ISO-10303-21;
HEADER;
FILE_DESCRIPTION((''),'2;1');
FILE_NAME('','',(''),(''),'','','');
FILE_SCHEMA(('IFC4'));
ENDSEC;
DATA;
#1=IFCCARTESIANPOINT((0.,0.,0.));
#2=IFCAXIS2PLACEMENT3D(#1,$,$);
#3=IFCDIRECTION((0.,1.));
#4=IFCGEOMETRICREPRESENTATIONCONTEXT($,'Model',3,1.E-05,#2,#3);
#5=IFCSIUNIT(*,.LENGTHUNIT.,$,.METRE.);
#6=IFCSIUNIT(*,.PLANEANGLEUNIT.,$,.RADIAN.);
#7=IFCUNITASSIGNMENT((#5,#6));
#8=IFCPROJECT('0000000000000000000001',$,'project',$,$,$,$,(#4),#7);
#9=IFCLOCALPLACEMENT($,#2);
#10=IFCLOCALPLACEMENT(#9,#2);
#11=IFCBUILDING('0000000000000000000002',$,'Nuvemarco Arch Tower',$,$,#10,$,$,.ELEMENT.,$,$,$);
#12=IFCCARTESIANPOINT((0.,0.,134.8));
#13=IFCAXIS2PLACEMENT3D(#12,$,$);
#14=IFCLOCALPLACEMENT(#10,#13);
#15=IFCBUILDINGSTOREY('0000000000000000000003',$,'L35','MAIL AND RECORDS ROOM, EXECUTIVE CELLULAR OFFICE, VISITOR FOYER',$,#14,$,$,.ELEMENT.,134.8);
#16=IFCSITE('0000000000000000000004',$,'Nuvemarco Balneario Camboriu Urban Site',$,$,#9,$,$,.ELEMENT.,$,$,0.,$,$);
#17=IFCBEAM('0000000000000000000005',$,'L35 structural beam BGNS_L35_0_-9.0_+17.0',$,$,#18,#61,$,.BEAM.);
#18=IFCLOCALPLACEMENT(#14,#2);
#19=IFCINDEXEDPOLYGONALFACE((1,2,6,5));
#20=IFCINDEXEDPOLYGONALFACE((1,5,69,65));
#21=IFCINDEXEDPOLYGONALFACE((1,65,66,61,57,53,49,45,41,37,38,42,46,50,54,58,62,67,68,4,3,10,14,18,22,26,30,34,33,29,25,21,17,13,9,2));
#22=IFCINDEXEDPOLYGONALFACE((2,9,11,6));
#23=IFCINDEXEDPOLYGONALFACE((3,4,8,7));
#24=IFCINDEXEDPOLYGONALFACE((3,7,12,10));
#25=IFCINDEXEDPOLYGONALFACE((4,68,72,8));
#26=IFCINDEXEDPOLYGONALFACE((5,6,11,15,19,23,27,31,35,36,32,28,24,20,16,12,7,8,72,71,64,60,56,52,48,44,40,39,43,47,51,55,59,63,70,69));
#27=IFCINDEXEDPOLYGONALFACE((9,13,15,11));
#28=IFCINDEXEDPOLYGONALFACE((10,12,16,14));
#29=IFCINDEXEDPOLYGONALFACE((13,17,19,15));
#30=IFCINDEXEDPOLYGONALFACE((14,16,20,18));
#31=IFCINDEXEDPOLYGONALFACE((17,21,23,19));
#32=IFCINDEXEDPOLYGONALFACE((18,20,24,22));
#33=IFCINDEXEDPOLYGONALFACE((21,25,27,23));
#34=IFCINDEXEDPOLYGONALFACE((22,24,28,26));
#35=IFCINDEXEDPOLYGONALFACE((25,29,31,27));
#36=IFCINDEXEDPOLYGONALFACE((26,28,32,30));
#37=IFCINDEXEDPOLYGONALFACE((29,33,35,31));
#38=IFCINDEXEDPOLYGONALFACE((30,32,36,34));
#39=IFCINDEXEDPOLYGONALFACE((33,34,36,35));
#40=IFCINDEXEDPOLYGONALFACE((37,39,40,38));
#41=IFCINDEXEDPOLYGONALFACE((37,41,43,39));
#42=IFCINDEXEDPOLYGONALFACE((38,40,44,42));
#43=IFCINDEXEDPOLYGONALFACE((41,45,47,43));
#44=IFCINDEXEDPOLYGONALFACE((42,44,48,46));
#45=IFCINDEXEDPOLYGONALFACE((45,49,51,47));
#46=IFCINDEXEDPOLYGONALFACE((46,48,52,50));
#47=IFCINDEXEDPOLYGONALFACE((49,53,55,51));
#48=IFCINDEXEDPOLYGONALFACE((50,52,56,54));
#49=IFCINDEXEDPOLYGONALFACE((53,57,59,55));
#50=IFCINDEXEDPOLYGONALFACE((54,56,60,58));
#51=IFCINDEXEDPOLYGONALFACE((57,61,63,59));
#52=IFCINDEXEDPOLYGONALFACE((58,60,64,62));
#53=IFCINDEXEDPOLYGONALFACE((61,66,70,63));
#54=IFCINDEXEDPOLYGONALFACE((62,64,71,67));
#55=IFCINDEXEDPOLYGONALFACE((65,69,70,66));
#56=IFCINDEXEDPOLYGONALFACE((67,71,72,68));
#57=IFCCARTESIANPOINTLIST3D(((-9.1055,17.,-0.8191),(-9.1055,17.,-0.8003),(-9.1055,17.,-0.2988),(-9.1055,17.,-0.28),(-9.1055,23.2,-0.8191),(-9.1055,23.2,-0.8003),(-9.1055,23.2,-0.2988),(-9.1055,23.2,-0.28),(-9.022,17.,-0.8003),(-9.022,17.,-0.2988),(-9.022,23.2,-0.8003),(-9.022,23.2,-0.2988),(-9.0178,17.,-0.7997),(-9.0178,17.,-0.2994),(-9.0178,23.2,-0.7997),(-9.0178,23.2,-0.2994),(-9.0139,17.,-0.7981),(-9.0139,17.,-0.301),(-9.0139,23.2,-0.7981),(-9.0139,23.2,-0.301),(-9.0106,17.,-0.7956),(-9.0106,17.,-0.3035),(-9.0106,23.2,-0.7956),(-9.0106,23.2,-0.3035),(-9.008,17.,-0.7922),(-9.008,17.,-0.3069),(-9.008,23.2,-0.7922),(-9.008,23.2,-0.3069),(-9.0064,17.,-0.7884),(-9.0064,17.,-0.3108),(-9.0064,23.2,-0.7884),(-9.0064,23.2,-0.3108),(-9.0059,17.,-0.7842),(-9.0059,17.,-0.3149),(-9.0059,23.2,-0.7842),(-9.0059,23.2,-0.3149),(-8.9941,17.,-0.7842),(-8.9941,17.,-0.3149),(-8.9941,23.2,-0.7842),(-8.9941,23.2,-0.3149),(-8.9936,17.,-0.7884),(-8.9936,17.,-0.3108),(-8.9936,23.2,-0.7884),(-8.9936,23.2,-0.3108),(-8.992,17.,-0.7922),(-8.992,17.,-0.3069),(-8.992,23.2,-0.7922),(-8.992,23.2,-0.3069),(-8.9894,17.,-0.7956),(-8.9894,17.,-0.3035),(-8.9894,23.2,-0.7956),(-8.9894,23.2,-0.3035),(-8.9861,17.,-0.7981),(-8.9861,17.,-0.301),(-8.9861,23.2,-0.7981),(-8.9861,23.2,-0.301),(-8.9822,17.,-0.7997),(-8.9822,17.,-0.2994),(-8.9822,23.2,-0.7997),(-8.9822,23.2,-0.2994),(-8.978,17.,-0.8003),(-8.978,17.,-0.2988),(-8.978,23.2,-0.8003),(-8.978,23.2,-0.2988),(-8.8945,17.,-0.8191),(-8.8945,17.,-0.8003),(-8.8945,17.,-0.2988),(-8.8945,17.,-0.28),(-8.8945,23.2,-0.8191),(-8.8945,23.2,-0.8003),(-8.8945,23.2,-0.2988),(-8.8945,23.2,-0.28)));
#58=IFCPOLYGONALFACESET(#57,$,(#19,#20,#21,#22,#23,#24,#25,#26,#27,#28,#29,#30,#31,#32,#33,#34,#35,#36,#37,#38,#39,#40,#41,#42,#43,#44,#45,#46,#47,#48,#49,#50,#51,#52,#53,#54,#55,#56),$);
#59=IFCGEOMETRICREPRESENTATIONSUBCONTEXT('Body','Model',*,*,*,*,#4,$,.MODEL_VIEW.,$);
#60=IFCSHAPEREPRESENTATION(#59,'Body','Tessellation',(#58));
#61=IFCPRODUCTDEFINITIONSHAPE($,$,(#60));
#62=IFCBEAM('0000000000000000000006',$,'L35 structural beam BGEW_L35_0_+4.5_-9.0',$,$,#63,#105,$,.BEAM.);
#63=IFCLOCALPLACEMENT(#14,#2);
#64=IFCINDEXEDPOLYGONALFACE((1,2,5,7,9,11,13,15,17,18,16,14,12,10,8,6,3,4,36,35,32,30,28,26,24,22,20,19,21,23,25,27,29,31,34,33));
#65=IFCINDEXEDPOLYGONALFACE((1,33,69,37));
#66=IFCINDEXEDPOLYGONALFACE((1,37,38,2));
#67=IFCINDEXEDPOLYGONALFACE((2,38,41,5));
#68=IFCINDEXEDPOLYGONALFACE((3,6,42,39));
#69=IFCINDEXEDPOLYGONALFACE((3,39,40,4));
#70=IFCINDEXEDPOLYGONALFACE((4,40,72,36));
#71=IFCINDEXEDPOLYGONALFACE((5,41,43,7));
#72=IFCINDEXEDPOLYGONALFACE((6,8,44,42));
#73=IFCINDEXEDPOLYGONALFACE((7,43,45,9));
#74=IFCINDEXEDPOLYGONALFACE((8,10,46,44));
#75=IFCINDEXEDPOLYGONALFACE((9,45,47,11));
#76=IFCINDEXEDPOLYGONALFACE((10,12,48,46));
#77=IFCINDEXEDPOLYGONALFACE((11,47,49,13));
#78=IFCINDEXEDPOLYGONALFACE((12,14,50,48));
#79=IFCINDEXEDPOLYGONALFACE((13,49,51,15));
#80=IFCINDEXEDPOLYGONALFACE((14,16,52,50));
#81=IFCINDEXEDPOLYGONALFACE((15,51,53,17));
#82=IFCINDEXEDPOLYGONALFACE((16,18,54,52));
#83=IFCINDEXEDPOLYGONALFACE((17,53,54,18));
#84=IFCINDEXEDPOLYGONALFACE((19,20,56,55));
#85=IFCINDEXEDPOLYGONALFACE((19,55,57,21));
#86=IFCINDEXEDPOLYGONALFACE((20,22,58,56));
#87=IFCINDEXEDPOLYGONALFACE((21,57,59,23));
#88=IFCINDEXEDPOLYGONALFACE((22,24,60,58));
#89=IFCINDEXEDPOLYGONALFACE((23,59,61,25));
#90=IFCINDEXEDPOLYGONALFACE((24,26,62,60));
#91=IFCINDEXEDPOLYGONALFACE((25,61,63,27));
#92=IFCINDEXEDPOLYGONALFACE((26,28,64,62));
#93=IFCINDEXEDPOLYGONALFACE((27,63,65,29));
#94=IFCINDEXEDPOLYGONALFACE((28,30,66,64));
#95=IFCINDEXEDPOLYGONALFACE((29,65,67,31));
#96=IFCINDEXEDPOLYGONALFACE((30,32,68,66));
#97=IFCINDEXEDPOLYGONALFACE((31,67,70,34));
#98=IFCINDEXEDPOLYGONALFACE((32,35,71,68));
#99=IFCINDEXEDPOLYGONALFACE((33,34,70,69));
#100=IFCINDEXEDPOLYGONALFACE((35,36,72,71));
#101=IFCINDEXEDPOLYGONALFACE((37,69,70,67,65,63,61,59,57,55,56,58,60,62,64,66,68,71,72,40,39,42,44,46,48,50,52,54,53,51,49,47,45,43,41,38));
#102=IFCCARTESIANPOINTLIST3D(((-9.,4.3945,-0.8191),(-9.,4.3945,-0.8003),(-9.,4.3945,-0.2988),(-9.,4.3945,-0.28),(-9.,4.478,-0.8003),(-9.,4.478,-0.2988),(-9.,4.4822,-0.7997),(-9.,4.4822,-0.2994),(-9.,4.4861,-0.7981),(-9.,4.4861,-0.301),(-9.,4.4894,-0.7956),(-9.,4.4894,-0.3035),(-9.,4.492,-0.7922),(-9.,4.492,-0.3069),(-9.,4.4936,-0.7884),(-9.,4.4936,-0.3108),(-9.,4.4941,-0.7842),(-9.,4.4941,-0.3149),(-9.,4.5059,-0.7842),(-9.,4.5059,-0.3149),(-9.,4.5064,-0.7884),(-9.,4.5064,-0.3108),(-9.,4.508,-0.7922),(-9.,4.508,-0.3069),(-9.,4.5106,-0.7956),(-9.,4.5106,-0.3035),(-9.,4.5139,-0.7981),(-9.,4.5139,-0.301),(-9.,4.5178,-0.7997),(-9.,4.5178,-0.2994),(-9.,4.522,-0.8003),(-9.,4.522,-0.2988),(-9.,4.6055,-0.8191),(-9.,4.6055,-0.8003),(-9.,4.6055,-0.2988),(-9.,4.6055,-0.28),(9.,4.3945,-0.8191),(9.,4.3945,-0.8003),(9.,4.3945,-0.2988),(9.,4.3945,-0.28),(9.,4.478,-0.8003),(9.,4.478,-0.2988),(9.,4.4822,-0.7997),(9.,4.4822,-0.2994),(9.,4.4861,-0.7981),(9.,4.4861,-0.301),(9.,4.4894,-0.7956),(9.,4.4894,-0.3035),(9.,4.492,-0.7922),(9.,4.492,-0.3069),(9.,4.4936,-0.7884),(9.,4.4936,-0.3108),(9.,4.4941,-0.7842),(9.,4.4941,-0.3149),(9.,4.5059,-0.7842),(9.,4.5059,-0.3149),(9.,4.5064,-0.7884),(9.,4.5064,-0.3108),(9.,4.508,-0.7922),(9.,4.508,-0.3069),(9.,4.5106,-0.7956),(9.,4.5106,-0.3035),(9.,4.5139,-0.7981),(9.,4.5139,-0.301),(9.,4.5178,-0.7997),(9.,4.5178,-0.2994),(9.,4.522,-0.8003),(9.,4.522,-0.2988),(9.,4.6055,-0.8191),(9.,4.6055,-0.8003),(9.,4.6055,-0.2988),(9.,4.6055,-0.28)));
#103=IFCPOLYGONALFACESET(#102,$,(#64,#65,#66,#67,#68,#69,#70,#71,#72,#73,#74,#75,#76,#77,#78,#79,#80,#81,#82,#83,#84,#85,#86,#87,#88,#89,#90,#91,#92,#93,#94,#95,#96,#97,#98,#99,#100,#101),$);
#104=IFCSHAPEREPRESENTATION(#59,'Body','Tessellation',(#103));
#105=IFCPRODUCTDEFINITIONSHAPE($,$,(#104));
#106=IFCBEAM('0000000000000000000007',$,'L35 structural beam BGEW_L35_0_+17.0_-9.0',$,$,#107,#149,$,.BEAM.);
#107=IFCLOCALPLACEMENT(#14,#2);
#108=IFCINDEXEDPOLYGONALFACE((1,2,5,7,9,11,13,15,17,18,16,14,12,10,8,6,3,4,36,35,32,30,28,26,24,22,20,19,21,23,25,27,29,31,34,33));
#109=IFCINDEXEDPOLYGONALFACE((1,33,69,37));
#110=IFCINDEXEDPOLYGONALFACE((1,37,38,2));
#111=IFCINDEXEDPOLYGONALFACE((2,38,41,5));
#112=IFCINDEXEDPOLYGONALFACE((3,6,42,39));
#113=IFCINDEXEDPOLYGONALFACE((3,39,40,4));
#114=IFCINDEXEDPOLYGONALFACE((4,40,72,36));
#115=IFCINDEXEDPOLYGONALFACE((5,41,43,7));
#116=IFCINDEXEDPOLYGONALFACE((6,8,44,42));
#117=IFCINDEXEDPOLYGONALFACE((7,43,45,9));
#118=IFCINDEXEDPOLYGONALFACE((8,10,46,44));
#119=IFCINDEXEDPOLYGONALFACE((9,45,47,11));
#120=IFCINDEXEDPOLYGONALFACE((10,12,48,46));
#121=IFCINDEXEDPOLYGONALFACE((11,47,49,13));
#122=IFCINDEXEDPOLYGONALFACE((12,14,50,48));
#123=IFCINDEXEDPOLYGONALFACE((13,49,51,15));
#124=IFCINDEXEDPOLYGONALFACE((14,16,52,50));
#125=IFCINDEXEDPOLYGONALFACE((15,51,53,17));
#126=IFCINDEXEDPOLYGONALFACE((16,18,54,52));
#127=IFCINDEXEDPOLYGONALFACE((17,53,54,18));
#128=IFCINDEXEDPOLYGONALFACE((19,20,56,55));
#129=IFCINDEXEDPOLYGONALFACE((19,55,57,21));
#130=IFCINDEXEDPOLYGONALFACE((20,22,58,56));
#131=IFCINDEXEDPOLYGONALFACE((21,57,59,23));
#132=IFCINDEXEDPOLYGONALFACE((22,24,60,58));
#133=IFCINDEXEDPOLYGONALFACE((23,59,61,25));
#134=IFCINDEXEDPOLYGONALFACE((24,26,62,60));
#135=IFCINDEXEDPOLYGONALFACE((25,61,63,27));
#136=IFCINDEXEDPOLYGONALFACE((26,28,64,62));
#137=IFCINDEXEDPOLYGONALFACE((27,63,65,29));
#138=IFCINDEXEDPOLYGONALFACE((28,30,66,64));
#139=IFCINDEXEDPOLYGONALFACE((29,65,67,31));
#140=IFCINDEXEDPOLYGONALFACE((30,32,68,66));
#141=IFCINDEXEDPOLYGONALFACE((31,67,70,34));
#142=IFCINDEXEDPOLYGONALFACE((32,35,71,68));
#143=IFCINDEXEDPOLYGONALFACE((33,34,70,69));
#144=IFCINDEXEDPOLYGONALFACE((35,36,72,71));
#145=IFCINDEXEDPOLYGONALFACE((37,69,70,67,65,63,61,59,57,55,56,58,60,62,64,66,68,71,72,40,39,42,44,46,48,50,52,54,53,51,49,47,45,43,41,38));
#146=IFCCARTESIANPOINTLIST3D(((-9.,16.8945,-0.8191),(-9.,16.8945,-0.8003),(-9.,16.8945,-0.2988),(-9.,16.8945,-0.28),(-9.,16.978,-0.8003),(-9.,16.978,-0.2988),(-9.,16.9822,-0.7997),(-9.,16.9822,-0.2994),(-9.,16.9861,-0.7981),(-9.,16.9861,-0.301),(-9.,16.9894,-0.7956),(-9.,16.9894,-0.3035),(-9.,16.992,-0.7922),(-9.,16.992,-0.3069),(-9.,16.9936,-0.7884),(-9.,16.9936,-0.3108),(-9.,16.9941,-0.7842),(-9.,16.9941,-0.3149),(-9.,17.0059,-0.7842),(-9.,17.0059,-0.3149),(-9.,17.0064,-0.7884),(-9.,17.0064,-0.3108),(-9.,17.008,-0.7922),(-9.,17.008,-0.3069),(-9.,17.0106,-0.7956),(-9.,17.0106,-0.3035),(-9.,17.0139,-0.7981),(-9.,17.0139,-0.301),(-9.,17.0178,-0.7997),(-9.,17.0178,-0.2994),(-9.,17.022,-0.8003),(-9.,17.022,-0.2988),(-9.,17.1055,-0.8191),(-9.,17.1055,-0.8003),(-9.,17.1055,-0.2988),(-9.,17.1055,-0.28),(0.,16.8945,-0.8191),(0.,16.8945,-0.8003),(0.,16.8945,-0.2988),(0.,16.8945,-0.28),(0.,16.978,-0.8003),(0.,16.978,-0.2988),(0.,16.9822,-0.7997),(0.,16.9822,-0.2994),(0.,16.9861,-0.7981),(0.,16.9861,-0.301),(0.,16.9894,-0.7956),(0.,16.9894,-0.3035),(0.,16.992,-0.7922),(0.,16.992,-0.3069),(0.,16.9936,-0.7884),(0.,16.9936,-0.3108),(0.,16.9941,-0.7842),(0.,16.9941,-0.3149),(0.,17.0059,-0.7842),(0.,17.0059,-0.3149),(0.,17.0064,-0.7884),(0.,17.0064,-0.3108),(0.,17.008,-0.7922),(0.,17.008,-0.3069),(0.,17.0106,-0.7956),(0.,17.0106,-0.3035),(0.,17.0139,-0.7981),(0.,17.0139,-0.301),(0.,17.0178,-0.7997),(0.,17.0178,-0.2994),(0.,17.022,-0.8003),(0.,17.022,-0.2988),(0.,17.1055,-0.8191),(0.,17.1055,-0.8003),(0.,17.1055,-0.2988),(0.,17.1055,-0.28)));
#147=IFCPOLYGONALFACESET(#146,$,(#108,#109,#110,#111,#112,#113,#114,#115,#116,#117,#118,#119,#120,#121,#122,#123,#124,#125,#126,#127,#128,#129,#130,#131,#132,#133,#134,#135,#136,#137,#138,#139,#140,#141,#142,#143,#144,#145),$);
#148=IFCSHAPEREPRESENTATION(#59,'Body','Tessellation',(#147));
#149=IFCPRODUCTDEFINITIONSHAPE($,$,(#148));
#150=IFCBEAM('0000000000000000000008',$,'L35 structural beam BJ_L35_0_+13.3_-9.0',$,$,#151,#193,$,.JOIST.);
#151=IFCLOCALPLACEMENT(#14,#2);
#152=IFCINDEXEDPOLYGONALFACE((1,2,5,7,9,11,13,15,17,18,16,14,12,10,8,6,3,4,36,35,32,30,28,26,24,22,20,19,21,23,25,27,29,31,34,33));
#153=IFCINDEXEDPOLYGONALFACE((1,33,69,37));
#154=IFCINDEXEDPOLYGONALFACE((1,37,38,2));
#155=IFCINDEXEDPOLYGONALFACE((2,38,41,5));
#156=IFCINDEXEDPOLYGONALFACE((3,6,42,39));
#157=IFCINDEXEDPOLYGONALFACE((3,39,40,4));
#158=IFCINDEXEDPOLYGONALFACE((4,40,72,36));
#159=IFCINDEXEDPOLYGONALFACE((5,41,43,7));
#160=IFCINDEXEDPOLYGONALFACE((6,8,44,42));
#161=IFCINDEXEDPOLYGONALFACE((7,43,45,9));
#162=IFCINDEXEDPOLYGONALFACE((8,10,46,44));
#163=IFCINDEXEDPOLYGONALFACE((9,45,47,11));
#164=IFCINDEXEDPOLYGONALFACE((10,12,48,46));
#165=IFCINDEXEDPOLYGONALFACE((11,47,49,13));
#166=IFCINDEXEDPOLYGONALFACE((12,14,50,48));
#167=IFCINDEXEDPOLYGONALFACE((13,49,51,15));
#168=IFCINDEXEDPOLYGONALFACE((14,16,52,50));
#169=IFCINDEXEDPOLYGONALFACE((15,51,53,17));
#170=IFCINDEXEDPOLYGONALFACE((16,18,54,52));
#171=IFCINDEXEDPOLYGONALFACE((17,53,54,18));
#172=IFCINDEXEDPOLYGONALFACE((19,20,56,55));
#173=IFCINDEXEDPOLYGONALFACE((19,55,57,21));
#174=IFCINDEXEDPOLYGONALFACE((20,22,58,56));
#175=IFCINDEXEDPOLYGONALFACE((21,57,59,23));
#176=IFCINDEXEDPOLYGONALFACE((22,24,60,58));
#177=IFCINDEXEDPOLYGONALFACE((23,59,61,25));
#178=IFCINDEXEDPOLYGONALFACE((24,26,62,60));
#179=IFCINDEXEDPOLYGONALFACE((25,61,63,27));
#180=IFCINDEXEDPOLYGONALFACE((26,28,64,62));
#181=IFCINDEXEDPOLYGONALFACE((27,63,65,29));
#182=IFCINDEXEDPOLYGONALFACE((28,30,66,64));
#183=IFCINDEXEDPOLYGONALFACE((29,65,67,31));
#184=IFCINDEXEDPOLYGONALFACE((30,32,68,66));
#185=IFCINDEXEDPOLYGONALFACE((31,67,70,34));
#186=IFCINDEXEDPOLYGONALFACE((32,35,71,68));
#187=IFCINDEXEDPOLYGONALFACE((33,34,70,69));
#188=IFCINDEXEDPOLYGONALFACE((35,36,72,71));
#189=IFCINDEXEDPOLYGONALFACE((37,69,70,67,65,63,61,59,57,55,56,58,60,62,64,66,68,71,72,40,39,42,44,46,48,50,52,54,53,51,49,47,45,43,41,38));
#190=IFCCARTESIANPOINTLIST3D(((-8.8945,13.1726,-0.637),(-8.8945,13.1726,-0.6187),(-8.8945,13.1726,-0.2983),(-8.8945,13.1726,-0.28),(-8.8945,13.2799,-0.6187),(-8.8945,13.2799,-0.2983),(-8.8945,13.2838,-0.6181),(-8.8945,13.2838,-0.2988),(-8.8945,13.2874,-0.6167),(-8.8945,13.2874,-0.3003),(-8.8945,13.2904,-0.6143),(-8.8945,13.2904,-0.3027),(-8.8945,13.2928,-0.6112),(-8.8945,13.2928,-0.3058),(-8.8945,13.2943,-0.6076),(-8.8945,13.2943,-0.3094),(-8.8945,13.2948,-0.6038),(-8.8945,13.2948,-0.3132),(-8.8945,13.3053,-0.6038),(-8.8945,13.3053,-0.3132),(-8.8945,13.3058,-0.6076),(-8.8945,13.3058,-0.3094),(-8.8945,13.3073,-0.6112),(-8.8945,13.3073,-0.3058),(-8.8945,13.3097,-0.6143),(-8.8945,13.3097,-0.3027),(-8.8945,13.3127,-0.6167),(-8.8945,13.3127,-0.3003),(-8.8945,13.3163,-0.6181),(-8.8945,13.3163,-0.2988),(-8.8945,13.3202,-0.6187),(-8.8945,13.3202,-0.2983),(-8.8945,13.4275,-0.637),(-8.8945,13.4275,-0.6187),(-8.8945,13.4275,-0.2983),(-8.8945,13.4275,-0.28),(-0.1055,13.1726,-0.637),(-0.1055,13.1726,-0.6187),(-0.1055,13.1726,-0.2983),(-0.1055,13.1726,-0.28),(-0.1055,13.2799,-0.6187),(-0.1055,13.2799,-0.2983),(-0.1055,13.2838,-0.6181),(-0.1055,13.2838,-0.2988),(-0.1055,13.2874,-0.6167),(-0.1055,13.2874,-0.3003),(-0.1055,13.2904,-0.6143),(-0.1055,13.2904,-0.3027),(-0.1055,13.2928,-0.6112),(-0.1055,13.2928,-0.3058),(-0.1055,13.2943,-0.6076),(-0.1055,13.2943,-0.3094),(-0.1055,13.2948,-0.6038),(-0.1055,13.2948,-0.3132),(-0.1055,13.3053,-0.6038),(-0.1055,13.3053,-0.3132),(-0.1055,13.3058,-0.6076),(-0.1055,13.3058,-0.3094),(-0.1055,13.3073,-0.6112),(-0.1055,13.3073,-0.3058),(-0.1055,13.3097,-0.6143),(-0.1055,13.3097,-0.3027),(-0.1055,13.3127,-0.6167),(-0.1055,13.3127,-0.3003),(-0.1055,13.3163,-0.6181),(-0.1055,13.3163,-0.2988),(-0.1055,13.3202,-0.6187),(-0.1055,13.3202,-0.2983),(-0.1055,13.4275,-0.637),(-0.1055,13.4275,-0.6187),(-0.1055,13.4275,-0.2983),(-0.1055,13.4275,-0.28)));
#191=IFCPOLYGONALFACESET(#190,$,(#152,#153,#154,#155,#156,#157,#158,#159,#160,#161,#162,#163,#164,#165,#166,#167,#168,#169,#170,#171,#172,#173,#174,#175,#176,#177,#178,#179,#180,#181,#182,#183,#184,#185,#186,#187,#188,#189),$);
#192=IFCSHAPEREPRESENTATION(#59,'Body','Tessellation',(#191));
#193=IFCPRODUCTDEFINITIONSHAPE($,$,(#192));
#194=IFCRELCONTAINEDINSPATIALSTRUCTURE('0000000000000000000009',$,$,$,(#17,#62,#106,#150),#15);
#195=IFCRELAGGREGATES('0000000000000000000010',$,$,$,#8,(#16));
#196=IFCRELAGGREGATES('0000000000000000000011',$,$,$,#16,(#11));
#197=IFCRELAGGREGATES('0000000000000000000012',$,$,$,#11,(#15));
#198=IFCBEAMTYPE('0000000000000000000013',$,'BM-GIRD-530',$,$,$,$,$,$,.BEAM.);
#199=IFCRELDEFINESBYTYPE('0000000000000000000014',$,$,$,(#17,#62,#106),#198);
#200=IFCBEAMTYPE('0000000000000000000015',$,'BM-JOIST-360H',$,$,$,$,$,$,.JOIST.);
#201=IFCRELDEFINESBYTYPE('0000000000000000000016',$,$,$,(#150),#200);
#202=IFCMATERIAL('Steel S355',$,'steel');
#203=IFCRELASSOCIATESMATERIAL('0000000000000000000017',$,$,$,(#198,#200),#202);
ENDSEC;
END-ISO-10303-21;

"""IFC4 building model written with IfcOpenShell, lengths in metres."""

from ifc_helpers import new_model, si_unit, direction, frame, origin, origin_2d, place, context, subcontext, project, spatial, i_section, extrude, material, material_profile, profile_set, type_object, element, save


model = new_model("IFC4")

# Units and contexts
model_context = context("Model", 3, precision=1e-05, world=origin(), true_north=direction((0.0, 1.0)))
body_context = subcontext(model_context, "Body", "Model", "MODEL_VIEW")
ifc_project = project(units=[si_unit("LENGTHUNIT", "METRE"), si_unit("PLANEANGLEUNIT", "RADIAN")], contexts=[model_context])

# Site, building, storey
site_placement = place(None, origin())
site = spatial("IfcSite", under=ifc_project, at=site_placement, Name="Nuvemarco Balneario Camboriu Urban Site", CompositionType="ELEMENT", RefElevation=0.0)
building_placement = place(site_placement, origin())
building = spatial("IfcBuilding", under=site, at=building_placement, Name="Nuvemarco Arch Tower", CompositionType="ELEMENT")
storey_placement = place(building_placement, frame((0.0, 0.0, 134.8)))
storey = spatial("IfcBuildingStorey", under=building, at=storey_placement, Name="L35", Description="MAIL AND RECORDS ROOM, EXECUTIVE CELLULAR OFFICE, VISITOR FOYER", CompositionType="ELEMENT", Elevation=134.8)

# Shared definitions
ifc_material_1 = material(Name="Steel S355", Category="steel")

# Beams
ifc_material_profile_1 = material_profile(ifc_material_1, i_section(OverallWidth=0.2109, OverallDepth=0.5391, WebThickness=0.0117, FlangeThickness=0.0188, FilletRadius=0.0161, at=origin_2d()), Name="W530x109")
ifc_profile_set_1 = profile_set([ifc_material_profile_1], Name="Steel S355")
beam_type_1 = type_object("IfcBeamType", Name="BM-GIRD-530", PredefinedType="BEAM", material=ifc_profile_set_1)
beam_1_placement = place(storey_placement, frame((-9.0, 17.0, -0.5496), z_axis=(0.0, 1.0, 0.0), x_axis=(-1.0, 0.0, 0.0)))
element("IfcBeam", 1, at=beam_1_placement, inside=storey, type_object=beam_type_1, Name="L35 structural beam BGNS_L35_0_-9.0_+17.0", PredefinedType="BEAM", context=body_context, shape_type="SweptSolid", body=[
    extrude(i_section(OverallWidth=0.2109, OverallDepth=0.5391, WebThickness=0.0117, FlangeThickness=0.0188, FilletRadius=0.0161, at=origin_2d()), origin(), (0.0, 0.0, 1.0), 6.2),
])
beam_2_placement = place(storey_placement, frame((-9.0, 4.5, -0.5496), z_axis=(1.0, 0.0, 0.0), x_axis=(0.0, 1.0, 0.0)))
element("IfcBeam", 2, at=beam_2_placement, inside=storey, type_object=beam_type_1, Name="L35 structural beam BGEW_L35_0_+4.5_-9.0", PredefinedType="BEAM", context=body_context, shape_type="SweptSolid", body=[
    extrude(i_section(OverallWidth=0.2109, OverallDepth=0.5391, WebThickness=0.0117, FlangeThickness=0.0188, FilletRadius=0.0161, at=origin_2d()), origin(), (0.0, 0.0, 1.0), 18.0),
])
beam_3_placement = place(storey_placement, frame((-9.0, 17.0, -0.5496), z_axis=(1.0, 0.0, 0.0), x_axis=(0.0, 1.0, 0.0)))
element("IfcBeam", 3, at=beam_3_placement, inside=storey, type_object=beam_type_1, Name="L35 structural beam BGEW_L35_0_+17.0_-9.0", PredefinedType="BEAM", context=body_context, shape_type="SweptSolid", body=[
    extrude(i_section(OverallWidth=0.2109, OverallDepth=0.5391, WebThickness=0.0117, FlangeThickness=0.0188, FilletRadius=0.0161, at=origin_2d()), origin(), (0.0, 0.0, 1.0), 9.0),
])
ifc_material_profile_2 = material_profile(ifc_material_1, i_section(OverallWidth=0.2549, OverallDepth=0.3569, WebThickness=0.0105, FlangeThickness=0.0183, FilletRadius=0.0149, at=origin_2d()), Name="W360x101")
ifc_profile_set_2 = profile_set([ifc_material_profile_2], Name="Steel S355")
beam_type_2 = type_object("IfcBeamType", Name="BM-JOIST-360H", PredefinedType="JOIST", material=ifc_profile_set_2)
beam_4_placement = place(storey_placement, frame((-8.8945, 13.3, -0.4585), z_axis=(1.0, 0.0, 0.0), x_axis=(0.0, 1.0, 0.0)))
element("IfcBeam", 4, at=beam_4_placement, inside=storey, type_object=beam_type_2, Name="L35 structural beam BJ_L35_0_+13.3_-9.0", PredefinedType="JOIST", context=body_context, shape_type="SweptSolid", body=[
    extrude(i_section(OverallWidth=0.2549, OverallDepth=0.3569, WebThickness=0.0105, FlangeThickness=0.0183, FilletRadius=0.0149, at=origin_2d()), origin(), (0.0, 0.0, 1.0), 8.7891),
])

save(model, "model.ifc")
